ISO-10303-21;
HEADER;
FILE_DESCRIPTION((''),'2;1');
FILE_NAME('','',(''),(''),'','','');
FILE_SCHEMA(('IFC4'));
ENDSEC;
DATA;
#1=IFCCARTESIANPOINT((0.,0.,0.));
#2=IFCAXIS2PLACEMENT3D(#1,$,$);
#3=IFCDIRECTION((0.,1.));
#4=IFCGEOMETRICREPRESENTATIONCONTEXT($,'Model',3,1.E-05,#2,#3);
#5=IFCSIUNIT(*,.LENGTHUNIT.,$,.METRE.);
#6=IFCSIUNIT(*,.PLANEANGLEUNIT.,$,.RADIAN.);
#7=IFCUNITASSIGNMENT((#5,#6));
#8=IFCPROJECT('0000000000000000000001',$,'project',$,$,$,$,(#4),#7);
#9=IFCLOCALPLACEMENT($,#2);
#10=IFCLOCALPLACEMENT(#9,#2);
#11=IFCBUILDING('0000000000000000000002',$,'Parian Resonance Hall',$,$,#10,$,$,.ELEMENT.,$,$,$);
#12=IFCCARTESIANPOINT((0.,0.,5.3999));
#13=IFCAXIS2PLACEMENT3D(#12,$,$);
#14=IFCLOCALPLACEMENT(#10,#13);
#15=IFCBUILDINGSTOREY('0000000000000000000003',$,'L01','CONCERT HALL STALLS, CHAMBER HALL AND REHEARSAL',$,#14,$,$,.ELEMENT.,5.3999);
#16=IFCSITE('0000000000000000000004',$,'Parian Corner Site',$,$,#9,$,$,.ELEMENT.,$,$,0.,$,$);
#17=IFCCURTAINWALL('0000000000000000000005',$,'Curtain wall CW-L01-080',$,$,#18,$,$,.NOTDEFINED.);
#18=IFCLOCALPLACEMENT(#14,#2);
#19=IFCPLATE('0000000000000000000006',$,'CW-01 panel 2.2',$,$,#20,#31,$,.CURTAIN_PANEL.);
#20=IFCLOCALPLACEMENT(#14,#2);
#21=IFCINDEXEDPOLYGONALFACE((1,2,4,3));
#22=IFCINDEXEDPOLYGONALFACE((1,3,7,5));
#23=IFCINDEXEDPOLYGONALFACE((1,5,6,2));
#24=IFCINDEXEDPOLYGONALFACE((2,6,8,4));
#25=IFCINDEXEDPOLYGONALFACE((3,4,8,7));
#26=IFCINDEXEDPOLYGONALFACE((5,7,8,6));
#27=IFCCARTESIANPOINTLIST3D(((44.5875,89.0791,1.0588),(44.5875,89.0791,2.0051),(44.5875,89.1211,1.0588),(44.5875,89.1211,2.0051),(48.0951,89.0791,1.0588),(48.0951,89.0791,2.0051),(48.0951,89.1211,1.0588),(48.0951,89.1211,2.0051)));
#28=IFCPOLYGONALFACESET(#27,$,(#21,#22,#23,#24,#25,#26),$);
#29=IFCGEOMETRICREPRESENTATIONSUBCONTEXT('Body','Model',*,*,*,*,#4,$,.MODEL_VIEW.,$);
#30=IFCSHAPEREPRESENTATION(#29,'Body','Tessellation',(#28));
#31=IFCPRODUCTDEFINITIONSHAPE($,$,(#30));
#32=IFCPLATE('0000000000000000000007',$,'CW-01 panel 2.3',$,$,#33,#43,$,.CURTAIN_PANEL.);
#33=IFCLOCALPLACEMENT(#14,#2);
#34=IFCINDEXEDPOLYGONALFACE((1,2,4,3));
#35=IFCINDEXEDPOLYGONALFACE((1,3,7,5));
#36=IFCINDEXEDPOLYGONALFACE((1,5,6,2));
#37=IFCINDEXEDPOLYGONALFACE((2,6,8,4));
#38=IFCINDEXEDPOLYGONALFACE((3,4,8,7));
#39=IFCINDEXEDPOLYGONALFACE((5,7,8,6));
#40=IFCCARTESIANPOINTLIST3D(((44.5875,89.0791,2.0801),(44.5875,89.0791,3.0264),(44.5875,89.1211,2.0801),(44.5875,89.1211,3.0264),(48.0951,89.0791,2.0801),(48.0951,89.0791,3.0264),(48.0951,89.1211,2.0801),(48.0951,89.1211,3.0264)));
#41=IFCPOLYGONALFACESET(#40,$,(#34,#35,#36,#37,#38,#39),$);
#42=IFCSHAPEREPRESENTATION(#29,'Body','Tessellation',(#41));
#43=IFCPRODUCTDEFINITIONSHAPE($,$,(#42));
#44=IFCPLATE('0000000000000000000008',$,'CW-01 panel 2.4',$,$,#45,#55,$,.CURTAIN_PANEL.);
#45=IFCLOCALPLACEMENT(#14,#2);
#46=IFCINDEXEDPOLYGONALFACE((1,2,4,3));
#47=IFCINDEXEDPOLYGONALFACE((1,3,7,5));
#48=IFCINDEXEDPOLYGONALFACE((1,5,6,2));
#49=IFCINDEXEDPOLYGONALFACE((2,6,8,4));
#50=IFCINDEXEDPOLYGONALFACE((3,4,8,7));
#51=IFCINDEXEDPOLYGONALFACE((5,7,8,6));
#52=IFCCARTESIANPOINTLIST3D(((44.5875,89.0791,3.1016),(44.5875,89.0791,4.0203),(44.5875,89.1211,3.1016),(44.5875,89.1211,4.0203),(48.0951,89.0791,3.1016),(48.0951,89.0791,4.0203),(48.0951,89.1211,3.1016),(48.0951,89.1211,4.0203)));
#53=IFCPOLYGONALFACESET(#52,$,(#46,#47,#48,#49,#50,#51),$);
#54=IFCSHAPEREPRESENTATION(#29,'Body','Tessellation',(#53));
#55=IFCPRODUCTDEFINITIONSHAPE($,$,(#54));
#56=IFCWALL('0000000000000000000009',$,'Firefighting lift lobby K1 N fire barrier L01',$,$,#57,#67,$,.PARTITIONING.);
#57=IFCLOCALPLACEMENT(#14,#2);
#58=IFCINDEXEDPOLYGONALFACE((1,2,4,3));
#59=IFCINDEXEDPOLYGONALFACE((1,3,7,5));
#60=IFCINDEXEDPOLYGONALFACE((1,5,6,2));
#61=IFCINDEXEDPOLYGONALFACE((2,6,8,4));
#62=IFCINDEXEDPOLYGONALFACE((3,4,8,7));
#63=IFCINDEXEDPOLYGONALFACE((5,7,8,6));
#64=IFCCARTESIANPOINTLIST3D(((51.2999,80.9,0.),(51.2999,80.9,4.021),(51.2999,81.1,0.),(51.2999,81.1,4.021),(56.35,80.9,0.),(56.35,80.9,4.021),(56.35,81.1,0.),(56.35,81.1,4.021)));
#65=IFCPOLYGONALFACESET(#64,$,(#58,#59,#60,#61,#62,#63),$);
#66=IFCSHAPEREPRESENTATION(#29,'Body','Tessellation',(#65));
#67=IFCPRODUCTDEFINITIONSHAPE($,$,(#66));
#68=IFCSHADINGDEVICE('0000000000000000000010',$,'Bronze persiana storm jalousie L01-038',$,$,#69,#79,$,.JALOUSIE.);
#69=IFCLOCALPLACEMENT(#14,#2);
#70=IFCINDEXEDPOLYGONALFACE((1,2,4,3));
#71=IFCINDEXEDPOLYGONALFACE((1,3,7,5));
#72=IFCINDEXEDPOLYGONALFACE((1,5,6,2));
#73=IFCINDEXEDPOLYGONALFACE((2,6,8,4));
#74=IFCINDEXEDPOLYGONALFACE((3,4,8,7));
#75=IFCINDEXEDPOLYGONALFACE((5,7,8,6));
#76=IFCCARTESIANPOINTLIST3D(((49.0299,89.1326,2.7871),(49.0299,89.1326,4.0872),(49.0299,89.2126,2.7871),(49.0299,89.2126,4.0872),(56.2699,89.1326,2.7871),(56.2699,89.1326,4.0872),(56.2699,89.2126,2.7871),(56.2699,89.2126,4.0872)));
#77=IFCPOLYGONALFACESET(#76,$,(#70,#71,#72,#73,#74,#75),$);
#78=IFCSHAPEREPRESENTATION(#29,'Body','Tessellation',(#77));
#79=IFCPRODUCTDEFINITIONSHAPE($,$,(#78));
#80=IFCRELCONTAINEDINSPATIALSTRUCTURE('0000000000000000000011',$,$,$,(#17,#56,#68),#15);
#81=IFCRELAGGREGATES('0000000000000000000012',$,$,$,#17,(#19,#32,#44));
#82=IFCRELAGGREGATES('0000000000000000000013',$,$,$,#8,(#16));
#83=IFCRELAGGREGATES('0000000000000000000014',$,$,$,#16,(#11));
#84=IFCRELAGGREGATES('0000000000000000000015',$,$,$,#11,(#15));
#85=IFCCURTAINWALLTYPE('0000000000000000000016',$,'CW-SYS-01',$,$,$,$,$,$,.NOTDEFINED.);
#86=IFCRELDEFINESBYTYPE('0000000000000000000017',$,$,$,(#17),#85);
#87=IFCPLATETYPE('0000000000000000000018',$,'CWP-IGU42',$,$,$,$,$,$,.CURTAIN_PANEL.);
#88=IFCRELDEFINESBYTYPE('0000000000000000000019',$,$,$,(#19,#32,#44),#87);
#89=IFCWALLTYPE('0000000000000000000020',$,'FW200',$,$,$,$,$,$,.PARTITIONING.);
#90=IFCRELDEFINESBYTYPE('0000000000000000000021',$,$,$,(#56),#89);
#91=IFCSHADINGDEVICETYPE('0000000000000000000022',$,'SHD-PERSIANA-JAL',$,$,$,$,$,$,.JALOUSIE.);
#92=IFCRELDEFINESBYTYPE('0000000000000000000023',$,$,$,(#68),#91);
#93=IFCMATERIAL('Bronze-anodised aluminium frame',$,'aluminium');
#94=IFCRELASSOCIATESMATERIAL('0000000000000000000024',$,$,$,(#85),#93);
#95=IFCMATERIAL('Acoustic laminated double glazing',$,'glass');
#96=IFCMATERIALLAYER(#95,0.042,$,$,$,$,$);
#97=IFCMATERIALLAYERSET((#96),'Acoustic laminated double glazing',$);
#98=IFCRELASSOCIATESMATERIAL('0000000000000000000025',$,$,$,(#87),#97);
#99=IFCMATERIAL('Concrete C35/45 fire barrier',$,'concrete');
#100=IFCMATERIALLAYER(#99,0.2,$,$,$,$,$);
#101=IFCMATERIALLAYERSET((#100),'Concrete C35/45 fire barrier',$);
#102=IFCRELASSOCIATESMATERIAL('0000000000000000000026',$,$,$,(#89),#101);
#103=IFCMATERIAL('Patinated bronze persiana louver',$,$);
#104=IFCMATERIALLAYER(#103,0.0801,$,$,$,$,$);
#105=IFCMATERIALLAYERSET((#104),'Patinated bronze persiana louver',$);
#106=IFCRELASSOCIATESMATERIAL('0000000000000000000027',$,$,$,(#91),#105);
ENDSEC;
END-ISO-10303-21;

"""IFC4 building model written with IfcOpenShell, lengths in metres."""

from ifc_helpers import new_model, si_unit, direction, frame, frame_2d, origin, origin_2d, place, context, subcontext, project, spatial, rectangle, extrude, material, layer, layer_set, type_object, element, aggregate, save


model = new_model("IFC4")

# Units and contexts
model_context = context("Model", 3, precision=1e-05, world=origin(), true_north=direction((0.0, 1.0)))
body_context = subcontext(model_context, "Body", "Model", "MODEL_VIEW")
ifc_project = project(units=[si_unit("LENGTHUNIT", "METRE"), si_unit("PLANEANGLEUNIT", "RADIAN")], contexts=[model_context])

# Site, building, storey
site_placement = place(None, origin())
site = spatial("IfcSite", under=ifc_project, at=site_placement, Name="Parian Corner Site", CompositionType="ELEMENT", RefElevation=0.0)
building_placement = place(site_placement, origin())
building = spatial("IfcBuilding", under=site, at=building_placement, Name="Parian Resonance Hall", CompositionType="ELEMENT")
storey_placement = place(building_placement, frame((0.0, 0.0, 5.3999)))
storey = spatial("IfcBuildingStorey", under=building, at=storey_placement, Name="L01", Description="CONCERT HALL STALLS, CHAMBER HALL AND REHEARSAL", CompositionType="ELEMENT", Elevation=5.3999)

# Curtain wall
ifc_material_1 = material(Name="Bronze-anodised aluminium frame", Category="aluminium")
curtain_wall_type_1 = type_object("IfcCurtainWallType", Name="CW-SYS-01", PredefinedType="NOTDEFINED", material=ifc_material_1)
curtain_wall_1_placement = place(storey_placement, origin())
curtain_wall_1 = element("IfcCurtainWall", 1, at=curtain_wall_1_placement, inside=storey, type_object=curtain_wall_type_1, Name="Curtain wall CW-L01-080", PredefinedType="NOTDEFINED")

# Plates
ifc_material_2 = material(Name="Acoustic laminated double glazing", Category="glass")
ifc_layer_1 = layer(ifc_material_2, 0.042)
ifc_layer_set_1 = layer_set([ifc_layer_1], Name="Acoustic laminated double glazing")
plate_type_1 = type_object("IfcPlateType", Name="CWP-IGU42", PredefinedType="CURTAIN_PANEL", material=ifc_layer_set_1)
plate_1_placement = place(storey_placement, frame((46.3413, 89.1001, 1.0588), z_axis=(0.0, 0.0, 1.0), x_axis=(1.0, 0.0, 0.0)))
plate_1 = element("IfcPlate", 2, at=plate_1_placement, type_object=plate_type_1, Name="CW-01 panel 2.2", PredefinedType="CURTAIN_PANEL", context=body_context, shape_type="SweptSolid", body=[
    extrude(rectangle(XDim=3.5076, YDim=0.042, at=origin_2d()), origin(), (0.0, 0.0, 1.0), 0.9463),
])
plate_2_placement = place(storey_placement, frame((46.3413, 89.1001, 2.0801), z_axis=(0.0, 0.0, 1.0), x_axis=(1.0, 0.0, 0.0)))
plate_2 = element("IfcPlate", 3, at=plate_2_placement, type_object=plate_type_1, Name="CW-01 panel 2.3", PredefinedType="CURTAIN_PANEL", context=body_context, shape_type="SweptSolid", body=[
    extrude(rectangle(XDim=3.5076, YDim=0.042, at=origin_2d()), origin(), (0.0, 0.0, 1.0), 0.9463),
])
plate_3_placement = place(storey_placement, frame((46.3413, 89.1001, 3.1016), z_axis=(0.0, 0.0, 1.0), x_axis=(1.0, 0.0, 0.0)))
plate_3 = element("IfcPlate", 4, at=plate_3_placement, type_object=plate_type_1, Name="CW-01 panel 2.4", PredefinedType="CURTAIN_PANEL", context=body_context, shape_type="SweptSolid", body=[
    extrude(rectangle(XDim=3.5076, YDim=0.042, at=origin_2d()), origin(), (0.0, 0.0, 1.0), 0.9187),
])
aggregate(curtain_wall_1, [plate_1, plate_2, plate_3])

# Wall
ifc_material_3 = material(Name="Concrete C35/45 fire barrier", Category="concrete")
ifc_layer_2 = layer(ifc_material_3, 0.2)
ifc_layer_set_2 = layer_set([ifc_layer_2], Name="Concrete C35/45 fire barrier")
wall_type = type_object("IfcWallType", Name="FW200", PredefinedType="PARTITIONING", material=ifc_layer_set_2)
wall_placement = place(storey_placement, frame((51.3, 81.0, 0.0), z_axis=(0.0, 0.0, 1.0), x_axis=(1.0, 0.0, 0.0)))
element("IfcWall", 5, at=wall_placement, inside=storey, type_object=wall_type, Name="Firefighting lift lobby K1 N fire barrier L01", PredefinedType="PARTITIONING", context=body_context, shape_type="SweptSolid", body=[
    extrude(rectangle(XDim=5.05, YDim=0.2, at=frame_2d((2.5249, 0.0))), origin(), (0.0, 0.0, 1.0), 4.021),
])

# Shading device
ifc_material_4 = material(Name="Patinated bronze persiana louver")
ifc_layer_3 = layer(ifc_material_4, 0.0801)
ifc_layer_set_3 = layer_set([ifc_layer_3], Name="Patinated bronze persiana louver")
shading_device_type = type_object("IfcShadingDeviceType", Name="SHD-PERSIANA-JAL", PredefinedType="JALOUSIE", material=ifc_layer_set_3)
shading_device_placement = place(storey_placement, frame((52.6499, 89.1726, 2.7871), z_axis=(0.0, 0.0, 1.0), x_axis=(1.0, 0.0, 0.0)))
element("IfcShadingDevice", 6, at=shading_device_placement, inside=storey, type_object=shading_device_type, Name="Bronze persiana storm jalousie L01-038", PredefinedType="JALOUSIE", context=body_context, shape_type="SweptSolid", body=[
    extrude(rectangle(XDim=7.24, YDim=0.0801, at=origin_2d()), origin(), (0.0, 0.0, 1.0), 1.3),
])

save(model, "model.ifc")
